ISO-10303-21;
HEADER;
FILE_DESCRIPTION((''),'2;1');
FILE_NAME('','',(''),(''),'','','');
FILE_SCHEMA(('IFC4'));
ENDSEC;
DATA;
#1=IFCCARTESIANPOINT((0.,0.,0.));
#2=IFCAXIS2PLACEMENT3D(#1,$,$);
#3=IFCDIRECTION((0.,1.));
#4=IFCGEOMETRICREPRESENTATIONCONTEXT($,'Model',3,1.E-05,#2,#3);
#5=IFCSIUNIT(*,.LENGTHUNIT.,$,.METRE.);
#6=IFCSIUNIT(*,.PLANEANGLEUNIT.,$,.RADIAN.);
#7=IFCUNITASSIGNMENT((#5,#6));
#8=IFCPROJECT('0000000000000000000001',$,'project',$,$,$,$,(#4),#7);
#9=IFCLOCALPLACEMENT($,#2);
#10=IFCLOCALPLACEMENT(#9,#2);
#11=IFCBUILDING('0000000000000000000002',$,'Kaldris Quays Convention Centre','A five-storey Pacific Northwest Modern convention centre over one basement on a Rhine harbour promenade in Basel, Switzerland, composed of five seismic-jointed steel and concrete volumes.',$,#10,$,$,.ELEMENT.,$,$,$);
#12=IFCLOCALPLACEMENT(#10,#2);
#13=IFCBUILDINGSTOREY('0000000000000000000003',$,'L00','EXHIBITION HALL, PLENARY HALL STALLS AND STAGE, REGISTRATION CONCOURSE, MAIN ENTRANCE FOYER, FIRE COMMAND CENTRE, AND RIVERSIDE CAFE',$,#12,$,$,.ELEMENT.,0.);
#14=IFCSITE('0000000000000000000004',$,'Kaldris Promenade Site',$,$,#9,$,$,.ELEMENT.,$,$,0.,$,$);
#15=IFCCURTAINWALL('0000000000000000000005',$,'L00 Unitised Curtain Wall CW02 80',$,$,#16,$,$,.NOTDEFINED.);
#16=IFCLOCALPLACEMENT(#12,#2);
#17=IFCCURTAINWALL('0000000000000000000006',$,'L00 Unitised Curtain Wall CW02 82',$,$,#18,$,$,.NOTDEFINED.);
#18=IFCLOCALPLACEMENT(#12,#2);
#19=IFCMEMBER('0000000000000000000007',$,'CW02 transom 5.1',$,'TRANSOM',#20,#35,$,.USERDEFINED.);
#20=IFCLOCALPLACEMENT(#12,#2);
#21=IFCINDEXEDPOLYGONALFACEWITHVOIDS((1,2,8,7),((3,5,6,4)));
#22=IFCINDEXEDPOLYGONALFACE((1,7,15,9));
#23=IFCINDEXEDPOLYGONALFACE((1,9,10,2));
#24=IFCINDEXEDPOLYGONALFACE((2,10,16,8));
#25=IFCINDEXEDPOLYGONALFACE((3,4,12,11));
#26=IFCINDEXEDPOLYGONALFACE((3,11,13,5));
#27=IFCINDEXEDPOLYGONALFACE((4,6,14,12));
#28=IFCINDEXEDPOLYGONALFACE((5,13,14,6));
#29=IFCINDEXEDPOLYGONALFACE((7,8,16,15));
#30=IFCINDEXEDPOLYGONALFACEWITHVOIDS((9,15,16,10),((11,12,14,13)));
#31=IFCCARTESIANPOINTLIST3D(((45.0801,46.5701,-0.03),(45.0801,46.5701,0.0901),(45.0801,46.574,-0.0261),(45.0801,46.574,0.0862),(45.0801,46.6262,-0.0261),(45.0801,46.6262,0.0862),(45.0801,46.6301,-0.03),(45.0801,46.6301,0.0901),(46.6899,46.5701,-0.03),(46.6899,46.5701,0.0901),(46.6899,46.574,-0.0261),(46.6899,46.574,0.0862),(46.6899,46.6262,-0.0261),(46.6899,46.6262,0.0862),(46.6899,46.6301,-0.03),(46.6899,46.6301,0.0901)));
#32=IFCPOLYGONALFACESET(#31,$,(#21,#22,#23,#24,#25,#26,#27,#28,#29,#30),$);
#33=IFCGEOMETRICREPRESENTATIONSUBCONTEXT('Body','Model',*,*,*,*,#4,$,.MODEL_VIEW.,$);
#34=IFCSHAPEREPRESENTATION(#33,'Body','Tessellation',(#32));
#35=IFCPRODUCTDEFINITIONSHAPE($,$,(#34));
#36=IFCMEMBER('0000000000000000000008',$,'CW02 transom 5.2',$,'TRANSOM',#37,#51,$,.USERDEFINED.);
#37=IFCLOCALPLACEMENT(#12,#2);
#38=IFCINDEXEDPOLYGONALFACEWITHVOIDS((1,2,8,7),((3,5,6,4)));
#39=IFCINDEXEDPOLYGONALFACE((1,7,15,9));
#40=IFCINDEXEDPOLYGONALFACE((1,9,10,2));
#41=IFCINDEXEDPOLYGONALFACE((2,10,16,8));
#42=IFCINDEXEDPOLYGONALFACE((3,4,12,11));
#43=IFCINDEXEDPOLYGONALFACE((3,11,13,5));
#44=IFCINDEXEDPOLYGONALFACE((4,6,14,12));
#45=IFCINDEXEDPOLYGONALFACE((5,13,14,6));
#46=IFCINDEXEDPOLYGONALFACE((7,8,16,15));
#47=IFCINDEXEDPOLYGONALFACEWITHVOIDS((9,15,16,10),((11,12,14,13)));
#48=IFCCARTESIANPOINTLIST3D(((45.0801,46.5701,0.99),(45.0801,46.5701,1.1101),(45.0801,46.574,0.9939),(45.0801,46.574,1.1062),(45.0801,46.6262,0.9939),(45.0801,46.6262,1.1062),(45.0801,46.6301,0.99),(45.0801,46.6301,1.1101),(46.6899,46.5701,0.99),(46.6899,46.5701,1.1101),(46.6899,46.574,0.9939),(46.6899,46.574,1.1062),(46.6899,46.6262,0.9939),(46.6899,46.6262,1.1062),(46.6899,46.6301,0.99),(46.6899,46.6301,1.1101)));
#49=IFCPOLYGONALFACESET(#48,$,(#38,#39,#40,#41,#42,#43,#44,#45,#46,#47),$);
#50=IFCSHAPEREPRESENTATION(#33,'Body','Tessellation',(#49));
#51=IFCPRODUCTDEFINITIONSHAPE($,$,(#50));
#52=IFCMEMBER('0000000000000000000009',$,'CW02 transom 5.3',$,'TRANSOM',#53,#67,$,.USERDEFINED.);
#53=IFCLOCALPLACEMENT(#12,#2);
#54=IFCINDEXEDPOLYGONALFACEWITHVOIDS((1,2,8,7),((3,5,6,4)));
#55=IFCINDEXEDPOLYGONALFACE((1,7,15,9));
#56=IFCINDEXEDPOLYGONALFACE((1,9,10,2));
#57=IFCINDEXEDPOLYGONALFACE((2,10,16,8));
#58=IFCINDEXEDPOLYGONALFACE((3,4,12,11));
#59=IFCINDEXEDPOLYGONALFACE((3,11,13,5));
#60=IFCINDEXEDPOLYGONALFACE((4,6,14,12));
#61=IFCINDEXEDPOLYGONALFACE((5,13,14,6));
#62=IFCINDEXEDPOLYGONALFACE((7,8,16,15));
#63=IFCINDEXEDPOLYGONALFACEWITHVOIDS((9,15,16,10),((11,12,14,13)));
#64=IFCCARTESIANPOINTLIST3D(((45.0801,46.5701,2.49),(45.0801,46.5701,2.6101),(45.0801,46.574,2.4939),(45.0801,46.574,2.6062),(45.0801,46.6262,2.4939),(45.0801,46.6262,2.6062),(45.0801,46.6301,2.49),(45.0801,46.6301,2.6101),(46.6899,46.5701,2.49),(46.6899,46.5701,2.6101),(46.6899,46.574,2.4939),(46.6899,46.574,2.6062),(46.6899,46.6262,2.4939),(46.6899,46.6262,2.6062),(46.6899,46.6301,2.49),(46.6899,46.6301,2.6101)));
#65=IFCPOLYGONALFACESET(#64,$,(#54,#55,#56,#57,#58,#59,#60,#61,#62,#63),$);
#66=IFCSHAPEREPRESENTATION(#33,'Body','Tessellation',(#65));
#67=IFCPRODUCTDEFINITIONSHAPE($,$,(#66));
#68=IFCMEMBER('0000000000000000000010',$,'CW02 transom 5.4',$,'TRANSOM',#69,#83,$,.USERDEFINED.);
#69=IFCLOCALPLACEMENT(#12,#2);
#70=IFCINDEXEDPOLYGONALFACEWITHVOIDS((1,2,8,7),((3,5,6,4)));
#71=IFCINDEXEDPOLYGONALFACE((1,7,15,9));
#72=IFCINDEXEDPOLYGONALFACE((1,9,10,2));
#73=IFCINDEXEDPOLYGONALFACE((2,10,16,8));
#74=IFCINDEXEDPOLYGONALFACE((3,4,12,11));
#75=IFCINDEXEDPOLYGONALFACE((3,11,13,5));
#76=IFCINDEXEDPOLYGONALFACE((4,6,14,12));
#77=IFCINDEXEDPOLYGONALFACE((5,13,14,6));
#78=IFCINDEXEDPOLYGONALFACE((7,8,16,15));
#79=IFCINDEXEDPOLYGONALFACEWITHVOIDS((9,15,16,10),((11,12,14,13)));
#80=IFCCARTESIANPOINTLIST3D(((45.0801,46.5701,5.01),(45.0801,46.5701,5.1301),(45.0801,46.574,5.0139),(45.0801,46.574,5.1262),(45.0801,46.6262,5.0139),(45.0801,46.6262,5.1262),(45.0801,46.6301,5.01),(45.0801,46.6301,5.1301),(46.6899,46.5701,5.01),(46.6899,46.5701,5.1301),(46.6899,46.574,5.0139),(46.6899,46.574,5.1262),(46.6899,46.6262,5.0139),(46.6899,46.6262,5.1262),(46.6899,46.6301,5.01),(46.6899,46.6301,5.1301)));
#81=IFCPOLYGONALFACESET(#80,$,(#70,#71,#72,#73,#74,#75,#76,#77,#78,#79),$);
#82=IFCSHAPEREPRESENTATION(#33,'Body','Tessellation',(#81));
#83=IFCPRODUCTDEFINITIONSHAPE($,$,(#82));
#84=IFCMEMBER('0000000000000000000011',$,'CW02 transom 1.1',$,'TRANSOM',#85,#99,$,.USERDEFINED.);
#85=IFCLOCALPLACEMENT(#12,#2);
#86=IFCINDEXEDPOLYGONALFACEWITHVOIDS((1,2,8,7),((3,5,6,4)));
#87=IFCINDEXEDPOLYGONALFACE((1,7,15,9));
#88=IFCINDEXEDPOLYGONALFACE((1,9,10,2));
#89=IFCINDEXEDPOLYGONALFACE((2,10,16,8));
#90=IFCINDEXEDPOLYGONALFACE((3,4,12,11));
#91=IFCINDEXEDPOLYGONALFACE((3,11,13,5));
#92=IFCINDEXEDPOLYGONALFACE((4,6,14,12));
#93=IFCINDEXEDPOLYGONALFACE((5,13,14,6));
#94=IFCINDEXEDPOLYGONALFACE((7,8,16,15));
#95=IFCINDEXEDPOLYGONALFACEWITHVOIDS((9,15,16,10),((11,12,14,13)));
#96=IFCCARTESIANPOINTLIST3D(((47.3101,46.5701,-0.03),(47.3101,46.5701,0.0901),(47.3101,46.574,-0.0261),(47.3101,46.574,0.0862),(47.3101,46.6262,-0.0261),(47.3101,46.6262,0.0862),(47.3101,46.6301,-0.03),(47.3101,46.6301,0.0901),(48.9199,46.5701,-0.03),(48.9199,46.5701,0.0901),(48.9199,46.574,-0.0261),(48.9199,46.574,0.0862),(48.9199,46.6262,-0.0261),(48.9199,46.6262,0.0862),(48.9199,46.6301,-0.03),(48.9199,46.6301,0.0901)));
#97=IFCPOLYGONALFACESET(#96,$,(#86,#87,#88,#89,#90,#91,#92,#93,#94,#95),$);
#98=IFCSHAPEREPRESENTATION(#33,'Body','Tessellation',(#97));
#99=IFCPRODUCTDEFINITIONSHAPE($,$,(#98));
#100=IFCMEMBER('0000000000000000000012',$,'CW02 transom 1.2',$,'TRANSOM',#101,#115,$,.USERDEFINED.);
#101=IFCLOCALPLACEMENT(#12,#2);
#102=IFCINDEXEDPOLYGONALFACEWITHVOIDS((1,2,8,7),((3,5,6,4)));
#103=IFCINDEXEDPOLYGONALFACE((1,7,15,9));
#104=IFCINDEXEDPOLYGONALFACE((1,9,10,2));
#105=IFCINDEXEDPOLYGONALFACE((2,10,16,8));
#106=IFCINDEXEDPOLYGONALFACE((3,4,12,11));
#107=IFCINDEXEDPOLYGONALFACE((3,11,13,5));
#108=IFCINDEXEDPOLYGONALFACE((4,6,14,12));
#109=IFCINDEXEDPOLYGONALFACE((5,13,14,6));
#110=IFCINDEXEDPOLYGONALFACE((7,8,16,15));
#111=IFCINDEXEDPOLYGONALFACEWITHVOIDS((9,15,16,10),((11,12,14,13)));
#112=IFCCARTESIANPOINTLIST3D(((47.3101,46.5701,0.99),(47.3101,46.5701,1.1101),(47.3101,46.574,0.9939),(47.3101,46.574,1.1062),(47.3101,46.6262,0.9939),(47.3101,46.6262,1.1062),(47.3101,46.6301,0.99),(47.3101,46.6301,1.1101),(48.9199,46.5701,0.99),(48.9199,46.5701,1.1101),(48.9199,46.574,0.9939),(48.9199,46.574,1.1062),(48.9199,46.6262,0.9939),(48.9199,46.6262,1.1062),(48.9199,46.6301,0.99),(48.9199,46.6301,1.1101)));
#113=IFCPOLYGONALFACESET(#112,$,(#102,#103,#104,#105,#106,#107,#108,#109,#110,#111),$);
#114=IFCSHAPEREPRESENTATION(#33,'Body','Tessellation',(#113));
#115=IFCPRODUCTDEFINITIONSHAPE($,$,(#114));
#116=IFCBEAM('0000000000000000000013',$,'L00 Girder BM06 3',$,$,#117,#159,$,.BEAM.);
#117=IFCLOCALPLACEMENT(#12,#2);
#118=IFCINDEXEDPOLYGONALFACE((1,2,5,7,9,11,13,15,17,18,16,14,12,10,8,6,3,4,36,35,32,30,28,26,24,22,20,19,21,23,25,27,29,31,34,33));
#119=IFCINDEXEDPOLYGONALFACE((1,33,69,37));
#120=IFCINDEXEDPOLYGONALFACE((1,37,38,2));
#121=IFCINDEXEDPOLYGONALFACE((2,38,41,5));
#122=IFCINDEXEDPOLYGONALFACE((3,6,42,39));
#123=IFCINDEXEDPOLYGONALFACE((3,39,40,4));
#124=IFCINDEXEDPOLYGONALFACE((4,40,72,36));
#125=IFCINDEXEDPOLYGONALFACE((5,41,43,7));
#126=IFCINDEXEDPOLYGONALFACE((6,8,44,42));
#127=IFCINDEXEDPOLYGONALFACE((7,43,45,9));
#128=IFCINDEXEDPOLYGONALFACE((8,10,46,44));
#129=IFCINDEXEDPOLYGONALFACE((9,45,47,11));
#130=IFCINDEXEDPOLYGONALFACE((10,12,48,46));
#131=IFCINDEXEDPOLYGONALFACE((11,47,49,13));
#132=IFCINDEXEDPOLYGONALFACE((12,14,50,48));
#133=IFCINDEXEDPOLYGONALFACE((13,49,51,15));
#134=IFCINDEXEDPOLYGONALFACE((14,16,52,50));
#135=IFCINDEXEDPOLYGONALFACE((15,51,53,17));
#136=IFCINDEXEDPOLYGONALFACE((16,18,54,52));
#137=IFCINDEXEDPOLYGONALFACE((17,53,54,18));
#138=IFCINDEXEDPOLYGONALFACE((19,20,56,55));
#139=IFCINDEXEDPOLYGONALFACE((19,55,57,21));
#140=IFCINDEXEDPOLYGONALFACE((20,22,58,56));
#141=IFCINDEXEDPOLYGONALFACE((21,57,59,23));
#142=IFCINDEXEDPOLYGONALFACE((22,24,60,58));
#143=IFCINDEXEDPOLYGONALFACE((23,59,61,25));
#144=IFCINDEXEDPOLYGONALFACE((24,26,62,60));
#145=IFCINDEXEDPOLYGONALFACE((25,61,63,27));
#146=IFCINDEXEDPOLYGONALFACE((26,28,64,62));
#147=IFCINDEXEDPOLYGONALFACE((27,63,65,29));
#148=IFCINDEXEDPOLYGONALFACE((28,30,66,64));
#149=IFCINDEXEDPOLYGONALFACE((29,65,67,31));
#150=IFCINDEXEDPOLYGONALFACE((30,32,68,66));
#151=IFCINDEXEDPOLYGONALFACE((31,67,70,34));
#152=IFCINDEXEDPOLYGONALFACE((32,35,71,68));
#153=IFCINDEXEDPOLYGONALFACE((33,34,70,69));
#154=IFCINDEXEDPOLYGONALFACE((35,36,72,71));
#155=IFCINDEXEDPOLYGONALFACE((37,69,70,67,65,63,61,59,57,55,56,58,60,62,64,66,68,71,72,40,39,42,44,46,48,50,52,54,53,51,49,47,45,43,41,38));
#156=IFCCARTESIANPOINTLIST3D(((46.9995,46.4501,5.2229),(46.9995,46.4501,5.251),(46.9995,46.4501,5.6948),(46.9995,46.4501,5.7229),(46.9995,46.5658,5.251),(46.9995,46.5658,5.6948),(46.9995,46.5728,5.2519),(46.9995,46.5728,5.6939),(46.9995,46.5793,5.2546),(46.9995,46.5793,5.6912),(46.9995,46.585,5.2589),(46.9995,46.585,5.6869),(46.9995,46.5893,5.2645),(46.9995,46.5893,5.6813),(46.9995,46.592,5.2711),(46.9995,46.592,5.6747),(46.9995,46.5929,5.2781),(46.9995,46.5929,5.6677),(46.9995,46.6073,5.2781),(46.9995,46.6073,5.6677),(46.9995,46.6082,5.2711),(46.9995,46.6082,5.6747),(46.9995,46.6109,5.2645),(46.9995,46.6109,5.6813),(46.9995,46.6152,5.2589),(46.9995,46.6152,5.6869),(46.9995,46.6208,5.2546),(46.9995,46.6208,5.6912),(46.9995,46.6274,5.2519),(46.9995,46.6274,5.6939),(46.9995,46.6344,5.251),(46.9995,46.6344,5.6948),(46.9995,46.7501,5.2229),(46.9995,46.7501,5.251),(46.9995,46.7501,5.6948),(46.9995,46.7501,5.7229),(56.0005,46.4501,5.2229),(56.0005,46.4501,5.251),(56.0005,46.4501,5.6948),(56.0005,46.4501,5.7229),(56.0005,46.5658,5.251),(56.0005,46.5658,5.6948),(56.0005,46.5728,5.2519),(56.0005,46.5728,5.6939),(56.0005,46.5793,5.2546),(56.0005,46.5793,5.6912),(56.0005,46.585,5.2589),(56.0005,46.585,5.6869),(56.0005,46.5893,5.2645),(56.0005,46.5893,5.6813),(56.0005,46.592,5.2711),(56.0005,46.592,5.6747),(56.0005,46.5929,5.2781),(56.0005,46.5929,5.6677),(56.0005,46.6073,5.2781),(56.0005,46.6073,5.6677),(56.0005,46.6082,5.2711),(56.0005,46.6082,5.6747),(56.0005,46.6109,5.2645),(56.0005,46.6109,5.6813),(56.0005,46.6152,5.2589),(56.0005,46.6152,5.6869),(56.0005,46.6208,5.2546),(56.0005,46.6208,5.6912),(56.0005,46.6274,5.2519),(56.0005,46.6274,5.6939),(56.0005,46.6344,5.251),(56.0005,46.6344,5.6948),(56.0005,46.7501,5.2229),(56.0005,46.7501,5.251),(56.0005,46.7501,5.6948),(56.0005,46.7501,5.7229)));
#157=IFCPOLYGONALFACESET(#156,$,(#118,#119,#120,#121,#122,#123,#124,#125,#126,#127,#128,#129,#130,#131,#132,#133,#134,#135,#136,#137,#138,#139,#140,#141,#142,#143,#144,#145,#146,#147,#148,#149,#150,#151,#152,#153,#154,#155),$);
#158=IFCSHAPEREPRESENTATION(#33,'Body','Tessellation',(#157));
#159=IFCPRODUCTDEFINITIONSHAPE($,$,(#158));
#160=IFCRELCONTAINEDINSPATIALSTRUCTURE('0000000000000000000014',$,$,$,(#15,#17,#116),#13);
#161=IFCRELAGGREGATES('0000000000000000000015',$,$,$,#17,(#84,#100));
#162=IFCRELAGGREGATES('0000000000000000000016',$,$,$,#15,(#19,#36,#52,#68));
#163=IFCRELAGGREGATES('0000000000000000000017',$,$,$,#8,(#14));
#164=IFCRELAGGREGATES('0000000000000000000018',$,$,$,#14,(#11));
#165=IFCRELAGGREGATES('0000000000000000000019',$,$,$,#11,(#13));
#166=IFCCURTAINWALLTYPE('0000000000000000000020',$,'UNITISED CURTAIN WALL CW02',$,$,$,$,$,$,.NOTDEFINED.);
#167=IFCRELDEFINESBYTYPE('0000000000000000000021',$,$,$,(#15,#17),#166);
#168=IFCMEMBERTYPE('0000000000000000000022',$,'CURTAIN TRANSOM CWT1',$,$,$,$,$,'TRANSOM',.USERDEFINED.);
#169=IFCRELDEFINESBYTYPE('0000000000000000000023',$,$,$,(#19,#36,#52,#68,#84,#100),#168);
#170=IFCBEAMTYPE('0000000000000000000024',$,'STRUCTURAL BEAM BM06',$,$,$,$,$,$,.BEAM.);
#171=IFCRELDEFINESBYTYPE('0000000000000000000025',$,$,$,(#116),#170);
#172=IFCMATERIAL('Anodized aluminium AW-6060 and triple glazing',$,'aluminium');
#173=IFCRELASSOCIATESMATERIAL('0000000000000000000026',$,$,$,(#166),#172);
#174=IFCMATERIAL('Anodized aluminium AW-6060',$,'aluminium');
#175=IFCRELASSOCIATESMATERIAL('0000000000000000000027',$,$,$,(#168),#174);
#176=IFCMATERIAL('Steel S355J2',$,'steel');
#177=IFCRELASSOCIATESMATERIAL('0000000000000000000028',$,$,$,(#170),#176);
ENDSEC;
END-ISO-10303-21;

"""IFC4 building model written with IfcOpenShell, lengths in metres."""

from ifc_helpers import new_model, si_unit, direction, frame, origin, origin_2d, place, context, subcontext, project, spatial, hollow_rectangle, i_section, extrude, material, material_profile, profile_set, type_object, element, aggregate, save


model = new_model("IFC4")

# Units and contexts
model_context = context("Model", 3, precision=1e-05, world=origin(), true_north=direction((0.0, 1.0)))
body_context = subcontext(model_context, "Body", "Model", "MODEL_VIEW")
ifc_project = project(units=[si_unit("LENGTHUNIT", "METRE"), si_unit("PLANEANGLEUNIT", "RADIAN")], contexts=[model_context])

# Site, building, storey
site_placement = place(None, origin())
site = spatial("IfcSite", under=ifc_project, at=site_placement, Name="Kaldris Promenade Site", CompositionType="ELEMENT", RefElevation=0.0)
building_placement = place(site_placement, origin())
building = spatial("IfcBuilding", under=site, at=building_placement, Name="Kaldris Quays Convention Centre", Description="A five-storey Pacific Northwest Modern convention centre over one basement on a Rhine harbour promenade in Basel, Switzerland, composed of five seismic-jointed steel and concrete volumes.", CompositionType="ELEMENT")
storey_placement = place(building_placement, origin())
storey = spatial("IfcBuildingStorey", under=building, at=storey_placement, Name="L00", Description="EXHIBITION HALL, PLENARY HALL STALLS AND STAGE, REGISTRATION CONCOURSE, MAIN ENTRANCE FOYER, FIRE COMMAND CENTRE, AND RIVERSIDE CAFE", CompositionType="ELEMENT", Elevation=0.0)

# Shared definitions
ifc_material_1 = material(Name="Steel S355J2", Category="steel")

# Curtain wall
ifc_material_2 = material(Name="Anodized aluminium AW-6060 and triple glazing", Category="aluminium")
curtain_wall_type = type_object("IfcCurtainWallType", Name="UNITISED CURTAIN WALL CW02", PredefinedType="NOTDEFINED", material=ifc_material_2)
curtain_wall_1_placement = place(storey_placement, origin())
curtain_wall_1 = element("IfcCurtainWall", 1, at=curtain_wall_1_placement, inside=storey, type_object=curtain_wall_type, Name="L00 Unitised Curtain Wall CW02 80", PredefinedType="NOTDEFINED")
ifc_material_3 = material(Name="Anodized aluminium AW-6060", Category="aluminium")

# Curtain wall
curtain_wall_2_placement = place(storey_placement, origin())
curtain_wall_2 = element("IfcCurtainWall", 2, at=curtain_wall_2_placement, inside=storey, type_object=curtain_wall_type, Name="L00 Unitised Curtain Wall CW02 82", PredefinedType="NOTDEFINED")

# Members
ifc_material_profile_1 = material_profile(ifc_material_3, hollow_rectangle(XDim=0.0601, YDim=0.1201, WallThickness=0.0039, at=origin_2d()), Name="RHS 120x60x4")
ifc_profile_set_1 = profile_set([ifc_material_profile_1], Name="Anodized aluminium AW-6060")
member_type_1 = type_object("IfcMemberType", Name="CURTAIN TRANSOM CWT1", ElementType="TRANSOM", PredefinedType="USERDEFINED", material=ifc_profile_set_1)
member_1_placement = place(storey_placement, frame((45.0801, 46.6001, 0.03), z_axis=(1.0, 0.0, 0.0), x_axis=(0.0, 1.0, 0.0)))
member_1 = element("IfcMember", 3, at=member_1_placement, type_object=member_type_1, Name="CW02 transom 5.1", ObjectType="TRANSOM", PredefinedType="USERDEFINED", context=body_context, shape_type="SweptSolid", body=[
    extrude(hollow_rectangle(XDim=0.0601, YDim=0.1201, WallThickness=0.0039, at=origin_2d()), origin(), (0.0, 0.0, 1.0), 1.6099),
])
member_2_placement = place(storey_placement, frame((45.0801, 46.6001, 1.05), z_axis=(1.0, 0.0, 0.0), x_axis=(0.0, 1.0, 0.0)))
member_2 = element("IfcMember", 4, at=member_2_placement, type_object=member_type_1, Name="CW02 transom 5.2", ObjectType="TRANSOM", PredefinedType="USERDEFINED", context=body_context, shape_type="SweptSolid", body=[
    extrude(hollow_rectangle(XDim=0.0601, YDim=0.1201, WallThickness=0.0039, at=origin_2d()), origin(), (0.0, 0.0, 1.0), 1.6099),
])
member_3_placement = place(storey_placement, frame((45.0801, 46.6001, 2.55), z_axis=(1.0, 0.0, 0.0), x_axis=(0.0, 1.0, 0.0)))
member_3 = element("IfcMember", 5, at=member_3_placement, type_object=member_type_1, Name="CW02 transom 5.3", ObjectType="TRANSOM", PredefinedType="USERDEFINED", context=body_context, shape_type="SweptSolid", body=[
    extrude(hollow_rectangle(XDim=0.0601, YDim=0.1201, WallThickness=0.0039, at=origin_2d()), origin(), (0.0, 0.0, 1.0), 1.6099),
])
member_4_placement = place(storey_placement, frame((45.0801, 46.6001, 5.0701), z_axis=(1.0, 0.0, 0.0), x_axis=(0.0, 1.0, 0.0)))
member_4 = element("IfcMember", 6, at=member_4_placement, type_object=member_type_1, Name="CW02 transom 5.4", ObjectType="TRANSOM", PredefinedType="USERDEFINED", context=body_context, shape_type="SweptSolid", body=[
    extrude(hollow_rectangle(XDim=0.0601, YDim=0.1201, WallThickness=0.0039, at=origin_2d()), origin(), (0.0, 0.0, 1.0), 1.6099),
])
member_5_placement = place(storey_placement, frame((47.3101, 46.6001, 0.03), z_axis=(1.0, 0.0, 0.0), x_axis=(0.0, 1.0, 0.0)))
member_5 = element("IfcMember", 7, at=member_5_placement, type_object=member_type_1, Name="CW02 transom 1.1", ObjectType="TRANSOM", PredefinedType="USERDEFINED", context=body_context, shape_type="SweptSolid", body=[
    extrude(hollow_rectangle(XDim=0.0601, YDim=0.1201, WallThickness=0.0039, at=origin_2d()), origin(), (0.0, 0.0, 1.0), 1.6099),
])
member_6_placement = place(storey_placement, frame((47.3101, 46.6001, 1.05), z_axis=(1.0, 0.0, 0.0), x_axis=(0.0, 1.0, 0.0)))
member_6 = element("IfcMember", 8, at=member_6_placement, type_object=member_type_1, Name="CW02 transom 1.2", ObjectType="TRANSOM", PredefinedType="USERDEFINED", context=body_context, shape_type="SweptSolid", body=[
    extrude(hollow_rectangle(XDim=0.0601, YDim=0.1201, WallThickness=0.0039, at=origin_2d()), origin(), (0.0, 0.0, 1.0), 1.6099),
])
aggregate(curtain_wall_2, [member_5, member_6])

# Beam
ifc_material_profile_2 = material_profile(ifc_material_1, i_section(OverallWidth=0.3, OverallDepth=0.5, WebThickness=0.0144, FlangeThickness=0.0281, FilletRadius=0.0271, at=origin_2d()), Name="HEB 500")
ifc_profile_set_2 = profile_set([ifc_material_profile_2], Name="Steel S355J2")
beam_type_1 = type_object("IfcBeamType", Name="STRUCTURAL BEAM BM06", PredefinedType="BEAM", material=ifc_profile_set_2)
beam_1_placement = place(storey_placement, frame((46.9995, 46.6001, 5.4729), z_axis=(1.0, 0.0, 0.0), x_axis=(0.0, 1.0, 0.0)))
element("IfcBeam", 9, at=beam_1_placement, inside=storey, type_object=beam_type_1, Name="L00 Girder BM06 3", PredefinedType="BEAM", context=body_context, shape_type="SweptSolid", body=[
    extrude(i_section(OverallWidth=0.3, OverallDepth=0.5, WebThickness=0.0144, FlangeThickness=0.0281, FilletRadius=0.0271, at=origin_2d()), origin(), (0.0, 0.0, 1.0), 9.001),
])

aggregate(curtain_wall_1, [member_1, member_2, member_3, member_4])

save(model, "model.ifc")
